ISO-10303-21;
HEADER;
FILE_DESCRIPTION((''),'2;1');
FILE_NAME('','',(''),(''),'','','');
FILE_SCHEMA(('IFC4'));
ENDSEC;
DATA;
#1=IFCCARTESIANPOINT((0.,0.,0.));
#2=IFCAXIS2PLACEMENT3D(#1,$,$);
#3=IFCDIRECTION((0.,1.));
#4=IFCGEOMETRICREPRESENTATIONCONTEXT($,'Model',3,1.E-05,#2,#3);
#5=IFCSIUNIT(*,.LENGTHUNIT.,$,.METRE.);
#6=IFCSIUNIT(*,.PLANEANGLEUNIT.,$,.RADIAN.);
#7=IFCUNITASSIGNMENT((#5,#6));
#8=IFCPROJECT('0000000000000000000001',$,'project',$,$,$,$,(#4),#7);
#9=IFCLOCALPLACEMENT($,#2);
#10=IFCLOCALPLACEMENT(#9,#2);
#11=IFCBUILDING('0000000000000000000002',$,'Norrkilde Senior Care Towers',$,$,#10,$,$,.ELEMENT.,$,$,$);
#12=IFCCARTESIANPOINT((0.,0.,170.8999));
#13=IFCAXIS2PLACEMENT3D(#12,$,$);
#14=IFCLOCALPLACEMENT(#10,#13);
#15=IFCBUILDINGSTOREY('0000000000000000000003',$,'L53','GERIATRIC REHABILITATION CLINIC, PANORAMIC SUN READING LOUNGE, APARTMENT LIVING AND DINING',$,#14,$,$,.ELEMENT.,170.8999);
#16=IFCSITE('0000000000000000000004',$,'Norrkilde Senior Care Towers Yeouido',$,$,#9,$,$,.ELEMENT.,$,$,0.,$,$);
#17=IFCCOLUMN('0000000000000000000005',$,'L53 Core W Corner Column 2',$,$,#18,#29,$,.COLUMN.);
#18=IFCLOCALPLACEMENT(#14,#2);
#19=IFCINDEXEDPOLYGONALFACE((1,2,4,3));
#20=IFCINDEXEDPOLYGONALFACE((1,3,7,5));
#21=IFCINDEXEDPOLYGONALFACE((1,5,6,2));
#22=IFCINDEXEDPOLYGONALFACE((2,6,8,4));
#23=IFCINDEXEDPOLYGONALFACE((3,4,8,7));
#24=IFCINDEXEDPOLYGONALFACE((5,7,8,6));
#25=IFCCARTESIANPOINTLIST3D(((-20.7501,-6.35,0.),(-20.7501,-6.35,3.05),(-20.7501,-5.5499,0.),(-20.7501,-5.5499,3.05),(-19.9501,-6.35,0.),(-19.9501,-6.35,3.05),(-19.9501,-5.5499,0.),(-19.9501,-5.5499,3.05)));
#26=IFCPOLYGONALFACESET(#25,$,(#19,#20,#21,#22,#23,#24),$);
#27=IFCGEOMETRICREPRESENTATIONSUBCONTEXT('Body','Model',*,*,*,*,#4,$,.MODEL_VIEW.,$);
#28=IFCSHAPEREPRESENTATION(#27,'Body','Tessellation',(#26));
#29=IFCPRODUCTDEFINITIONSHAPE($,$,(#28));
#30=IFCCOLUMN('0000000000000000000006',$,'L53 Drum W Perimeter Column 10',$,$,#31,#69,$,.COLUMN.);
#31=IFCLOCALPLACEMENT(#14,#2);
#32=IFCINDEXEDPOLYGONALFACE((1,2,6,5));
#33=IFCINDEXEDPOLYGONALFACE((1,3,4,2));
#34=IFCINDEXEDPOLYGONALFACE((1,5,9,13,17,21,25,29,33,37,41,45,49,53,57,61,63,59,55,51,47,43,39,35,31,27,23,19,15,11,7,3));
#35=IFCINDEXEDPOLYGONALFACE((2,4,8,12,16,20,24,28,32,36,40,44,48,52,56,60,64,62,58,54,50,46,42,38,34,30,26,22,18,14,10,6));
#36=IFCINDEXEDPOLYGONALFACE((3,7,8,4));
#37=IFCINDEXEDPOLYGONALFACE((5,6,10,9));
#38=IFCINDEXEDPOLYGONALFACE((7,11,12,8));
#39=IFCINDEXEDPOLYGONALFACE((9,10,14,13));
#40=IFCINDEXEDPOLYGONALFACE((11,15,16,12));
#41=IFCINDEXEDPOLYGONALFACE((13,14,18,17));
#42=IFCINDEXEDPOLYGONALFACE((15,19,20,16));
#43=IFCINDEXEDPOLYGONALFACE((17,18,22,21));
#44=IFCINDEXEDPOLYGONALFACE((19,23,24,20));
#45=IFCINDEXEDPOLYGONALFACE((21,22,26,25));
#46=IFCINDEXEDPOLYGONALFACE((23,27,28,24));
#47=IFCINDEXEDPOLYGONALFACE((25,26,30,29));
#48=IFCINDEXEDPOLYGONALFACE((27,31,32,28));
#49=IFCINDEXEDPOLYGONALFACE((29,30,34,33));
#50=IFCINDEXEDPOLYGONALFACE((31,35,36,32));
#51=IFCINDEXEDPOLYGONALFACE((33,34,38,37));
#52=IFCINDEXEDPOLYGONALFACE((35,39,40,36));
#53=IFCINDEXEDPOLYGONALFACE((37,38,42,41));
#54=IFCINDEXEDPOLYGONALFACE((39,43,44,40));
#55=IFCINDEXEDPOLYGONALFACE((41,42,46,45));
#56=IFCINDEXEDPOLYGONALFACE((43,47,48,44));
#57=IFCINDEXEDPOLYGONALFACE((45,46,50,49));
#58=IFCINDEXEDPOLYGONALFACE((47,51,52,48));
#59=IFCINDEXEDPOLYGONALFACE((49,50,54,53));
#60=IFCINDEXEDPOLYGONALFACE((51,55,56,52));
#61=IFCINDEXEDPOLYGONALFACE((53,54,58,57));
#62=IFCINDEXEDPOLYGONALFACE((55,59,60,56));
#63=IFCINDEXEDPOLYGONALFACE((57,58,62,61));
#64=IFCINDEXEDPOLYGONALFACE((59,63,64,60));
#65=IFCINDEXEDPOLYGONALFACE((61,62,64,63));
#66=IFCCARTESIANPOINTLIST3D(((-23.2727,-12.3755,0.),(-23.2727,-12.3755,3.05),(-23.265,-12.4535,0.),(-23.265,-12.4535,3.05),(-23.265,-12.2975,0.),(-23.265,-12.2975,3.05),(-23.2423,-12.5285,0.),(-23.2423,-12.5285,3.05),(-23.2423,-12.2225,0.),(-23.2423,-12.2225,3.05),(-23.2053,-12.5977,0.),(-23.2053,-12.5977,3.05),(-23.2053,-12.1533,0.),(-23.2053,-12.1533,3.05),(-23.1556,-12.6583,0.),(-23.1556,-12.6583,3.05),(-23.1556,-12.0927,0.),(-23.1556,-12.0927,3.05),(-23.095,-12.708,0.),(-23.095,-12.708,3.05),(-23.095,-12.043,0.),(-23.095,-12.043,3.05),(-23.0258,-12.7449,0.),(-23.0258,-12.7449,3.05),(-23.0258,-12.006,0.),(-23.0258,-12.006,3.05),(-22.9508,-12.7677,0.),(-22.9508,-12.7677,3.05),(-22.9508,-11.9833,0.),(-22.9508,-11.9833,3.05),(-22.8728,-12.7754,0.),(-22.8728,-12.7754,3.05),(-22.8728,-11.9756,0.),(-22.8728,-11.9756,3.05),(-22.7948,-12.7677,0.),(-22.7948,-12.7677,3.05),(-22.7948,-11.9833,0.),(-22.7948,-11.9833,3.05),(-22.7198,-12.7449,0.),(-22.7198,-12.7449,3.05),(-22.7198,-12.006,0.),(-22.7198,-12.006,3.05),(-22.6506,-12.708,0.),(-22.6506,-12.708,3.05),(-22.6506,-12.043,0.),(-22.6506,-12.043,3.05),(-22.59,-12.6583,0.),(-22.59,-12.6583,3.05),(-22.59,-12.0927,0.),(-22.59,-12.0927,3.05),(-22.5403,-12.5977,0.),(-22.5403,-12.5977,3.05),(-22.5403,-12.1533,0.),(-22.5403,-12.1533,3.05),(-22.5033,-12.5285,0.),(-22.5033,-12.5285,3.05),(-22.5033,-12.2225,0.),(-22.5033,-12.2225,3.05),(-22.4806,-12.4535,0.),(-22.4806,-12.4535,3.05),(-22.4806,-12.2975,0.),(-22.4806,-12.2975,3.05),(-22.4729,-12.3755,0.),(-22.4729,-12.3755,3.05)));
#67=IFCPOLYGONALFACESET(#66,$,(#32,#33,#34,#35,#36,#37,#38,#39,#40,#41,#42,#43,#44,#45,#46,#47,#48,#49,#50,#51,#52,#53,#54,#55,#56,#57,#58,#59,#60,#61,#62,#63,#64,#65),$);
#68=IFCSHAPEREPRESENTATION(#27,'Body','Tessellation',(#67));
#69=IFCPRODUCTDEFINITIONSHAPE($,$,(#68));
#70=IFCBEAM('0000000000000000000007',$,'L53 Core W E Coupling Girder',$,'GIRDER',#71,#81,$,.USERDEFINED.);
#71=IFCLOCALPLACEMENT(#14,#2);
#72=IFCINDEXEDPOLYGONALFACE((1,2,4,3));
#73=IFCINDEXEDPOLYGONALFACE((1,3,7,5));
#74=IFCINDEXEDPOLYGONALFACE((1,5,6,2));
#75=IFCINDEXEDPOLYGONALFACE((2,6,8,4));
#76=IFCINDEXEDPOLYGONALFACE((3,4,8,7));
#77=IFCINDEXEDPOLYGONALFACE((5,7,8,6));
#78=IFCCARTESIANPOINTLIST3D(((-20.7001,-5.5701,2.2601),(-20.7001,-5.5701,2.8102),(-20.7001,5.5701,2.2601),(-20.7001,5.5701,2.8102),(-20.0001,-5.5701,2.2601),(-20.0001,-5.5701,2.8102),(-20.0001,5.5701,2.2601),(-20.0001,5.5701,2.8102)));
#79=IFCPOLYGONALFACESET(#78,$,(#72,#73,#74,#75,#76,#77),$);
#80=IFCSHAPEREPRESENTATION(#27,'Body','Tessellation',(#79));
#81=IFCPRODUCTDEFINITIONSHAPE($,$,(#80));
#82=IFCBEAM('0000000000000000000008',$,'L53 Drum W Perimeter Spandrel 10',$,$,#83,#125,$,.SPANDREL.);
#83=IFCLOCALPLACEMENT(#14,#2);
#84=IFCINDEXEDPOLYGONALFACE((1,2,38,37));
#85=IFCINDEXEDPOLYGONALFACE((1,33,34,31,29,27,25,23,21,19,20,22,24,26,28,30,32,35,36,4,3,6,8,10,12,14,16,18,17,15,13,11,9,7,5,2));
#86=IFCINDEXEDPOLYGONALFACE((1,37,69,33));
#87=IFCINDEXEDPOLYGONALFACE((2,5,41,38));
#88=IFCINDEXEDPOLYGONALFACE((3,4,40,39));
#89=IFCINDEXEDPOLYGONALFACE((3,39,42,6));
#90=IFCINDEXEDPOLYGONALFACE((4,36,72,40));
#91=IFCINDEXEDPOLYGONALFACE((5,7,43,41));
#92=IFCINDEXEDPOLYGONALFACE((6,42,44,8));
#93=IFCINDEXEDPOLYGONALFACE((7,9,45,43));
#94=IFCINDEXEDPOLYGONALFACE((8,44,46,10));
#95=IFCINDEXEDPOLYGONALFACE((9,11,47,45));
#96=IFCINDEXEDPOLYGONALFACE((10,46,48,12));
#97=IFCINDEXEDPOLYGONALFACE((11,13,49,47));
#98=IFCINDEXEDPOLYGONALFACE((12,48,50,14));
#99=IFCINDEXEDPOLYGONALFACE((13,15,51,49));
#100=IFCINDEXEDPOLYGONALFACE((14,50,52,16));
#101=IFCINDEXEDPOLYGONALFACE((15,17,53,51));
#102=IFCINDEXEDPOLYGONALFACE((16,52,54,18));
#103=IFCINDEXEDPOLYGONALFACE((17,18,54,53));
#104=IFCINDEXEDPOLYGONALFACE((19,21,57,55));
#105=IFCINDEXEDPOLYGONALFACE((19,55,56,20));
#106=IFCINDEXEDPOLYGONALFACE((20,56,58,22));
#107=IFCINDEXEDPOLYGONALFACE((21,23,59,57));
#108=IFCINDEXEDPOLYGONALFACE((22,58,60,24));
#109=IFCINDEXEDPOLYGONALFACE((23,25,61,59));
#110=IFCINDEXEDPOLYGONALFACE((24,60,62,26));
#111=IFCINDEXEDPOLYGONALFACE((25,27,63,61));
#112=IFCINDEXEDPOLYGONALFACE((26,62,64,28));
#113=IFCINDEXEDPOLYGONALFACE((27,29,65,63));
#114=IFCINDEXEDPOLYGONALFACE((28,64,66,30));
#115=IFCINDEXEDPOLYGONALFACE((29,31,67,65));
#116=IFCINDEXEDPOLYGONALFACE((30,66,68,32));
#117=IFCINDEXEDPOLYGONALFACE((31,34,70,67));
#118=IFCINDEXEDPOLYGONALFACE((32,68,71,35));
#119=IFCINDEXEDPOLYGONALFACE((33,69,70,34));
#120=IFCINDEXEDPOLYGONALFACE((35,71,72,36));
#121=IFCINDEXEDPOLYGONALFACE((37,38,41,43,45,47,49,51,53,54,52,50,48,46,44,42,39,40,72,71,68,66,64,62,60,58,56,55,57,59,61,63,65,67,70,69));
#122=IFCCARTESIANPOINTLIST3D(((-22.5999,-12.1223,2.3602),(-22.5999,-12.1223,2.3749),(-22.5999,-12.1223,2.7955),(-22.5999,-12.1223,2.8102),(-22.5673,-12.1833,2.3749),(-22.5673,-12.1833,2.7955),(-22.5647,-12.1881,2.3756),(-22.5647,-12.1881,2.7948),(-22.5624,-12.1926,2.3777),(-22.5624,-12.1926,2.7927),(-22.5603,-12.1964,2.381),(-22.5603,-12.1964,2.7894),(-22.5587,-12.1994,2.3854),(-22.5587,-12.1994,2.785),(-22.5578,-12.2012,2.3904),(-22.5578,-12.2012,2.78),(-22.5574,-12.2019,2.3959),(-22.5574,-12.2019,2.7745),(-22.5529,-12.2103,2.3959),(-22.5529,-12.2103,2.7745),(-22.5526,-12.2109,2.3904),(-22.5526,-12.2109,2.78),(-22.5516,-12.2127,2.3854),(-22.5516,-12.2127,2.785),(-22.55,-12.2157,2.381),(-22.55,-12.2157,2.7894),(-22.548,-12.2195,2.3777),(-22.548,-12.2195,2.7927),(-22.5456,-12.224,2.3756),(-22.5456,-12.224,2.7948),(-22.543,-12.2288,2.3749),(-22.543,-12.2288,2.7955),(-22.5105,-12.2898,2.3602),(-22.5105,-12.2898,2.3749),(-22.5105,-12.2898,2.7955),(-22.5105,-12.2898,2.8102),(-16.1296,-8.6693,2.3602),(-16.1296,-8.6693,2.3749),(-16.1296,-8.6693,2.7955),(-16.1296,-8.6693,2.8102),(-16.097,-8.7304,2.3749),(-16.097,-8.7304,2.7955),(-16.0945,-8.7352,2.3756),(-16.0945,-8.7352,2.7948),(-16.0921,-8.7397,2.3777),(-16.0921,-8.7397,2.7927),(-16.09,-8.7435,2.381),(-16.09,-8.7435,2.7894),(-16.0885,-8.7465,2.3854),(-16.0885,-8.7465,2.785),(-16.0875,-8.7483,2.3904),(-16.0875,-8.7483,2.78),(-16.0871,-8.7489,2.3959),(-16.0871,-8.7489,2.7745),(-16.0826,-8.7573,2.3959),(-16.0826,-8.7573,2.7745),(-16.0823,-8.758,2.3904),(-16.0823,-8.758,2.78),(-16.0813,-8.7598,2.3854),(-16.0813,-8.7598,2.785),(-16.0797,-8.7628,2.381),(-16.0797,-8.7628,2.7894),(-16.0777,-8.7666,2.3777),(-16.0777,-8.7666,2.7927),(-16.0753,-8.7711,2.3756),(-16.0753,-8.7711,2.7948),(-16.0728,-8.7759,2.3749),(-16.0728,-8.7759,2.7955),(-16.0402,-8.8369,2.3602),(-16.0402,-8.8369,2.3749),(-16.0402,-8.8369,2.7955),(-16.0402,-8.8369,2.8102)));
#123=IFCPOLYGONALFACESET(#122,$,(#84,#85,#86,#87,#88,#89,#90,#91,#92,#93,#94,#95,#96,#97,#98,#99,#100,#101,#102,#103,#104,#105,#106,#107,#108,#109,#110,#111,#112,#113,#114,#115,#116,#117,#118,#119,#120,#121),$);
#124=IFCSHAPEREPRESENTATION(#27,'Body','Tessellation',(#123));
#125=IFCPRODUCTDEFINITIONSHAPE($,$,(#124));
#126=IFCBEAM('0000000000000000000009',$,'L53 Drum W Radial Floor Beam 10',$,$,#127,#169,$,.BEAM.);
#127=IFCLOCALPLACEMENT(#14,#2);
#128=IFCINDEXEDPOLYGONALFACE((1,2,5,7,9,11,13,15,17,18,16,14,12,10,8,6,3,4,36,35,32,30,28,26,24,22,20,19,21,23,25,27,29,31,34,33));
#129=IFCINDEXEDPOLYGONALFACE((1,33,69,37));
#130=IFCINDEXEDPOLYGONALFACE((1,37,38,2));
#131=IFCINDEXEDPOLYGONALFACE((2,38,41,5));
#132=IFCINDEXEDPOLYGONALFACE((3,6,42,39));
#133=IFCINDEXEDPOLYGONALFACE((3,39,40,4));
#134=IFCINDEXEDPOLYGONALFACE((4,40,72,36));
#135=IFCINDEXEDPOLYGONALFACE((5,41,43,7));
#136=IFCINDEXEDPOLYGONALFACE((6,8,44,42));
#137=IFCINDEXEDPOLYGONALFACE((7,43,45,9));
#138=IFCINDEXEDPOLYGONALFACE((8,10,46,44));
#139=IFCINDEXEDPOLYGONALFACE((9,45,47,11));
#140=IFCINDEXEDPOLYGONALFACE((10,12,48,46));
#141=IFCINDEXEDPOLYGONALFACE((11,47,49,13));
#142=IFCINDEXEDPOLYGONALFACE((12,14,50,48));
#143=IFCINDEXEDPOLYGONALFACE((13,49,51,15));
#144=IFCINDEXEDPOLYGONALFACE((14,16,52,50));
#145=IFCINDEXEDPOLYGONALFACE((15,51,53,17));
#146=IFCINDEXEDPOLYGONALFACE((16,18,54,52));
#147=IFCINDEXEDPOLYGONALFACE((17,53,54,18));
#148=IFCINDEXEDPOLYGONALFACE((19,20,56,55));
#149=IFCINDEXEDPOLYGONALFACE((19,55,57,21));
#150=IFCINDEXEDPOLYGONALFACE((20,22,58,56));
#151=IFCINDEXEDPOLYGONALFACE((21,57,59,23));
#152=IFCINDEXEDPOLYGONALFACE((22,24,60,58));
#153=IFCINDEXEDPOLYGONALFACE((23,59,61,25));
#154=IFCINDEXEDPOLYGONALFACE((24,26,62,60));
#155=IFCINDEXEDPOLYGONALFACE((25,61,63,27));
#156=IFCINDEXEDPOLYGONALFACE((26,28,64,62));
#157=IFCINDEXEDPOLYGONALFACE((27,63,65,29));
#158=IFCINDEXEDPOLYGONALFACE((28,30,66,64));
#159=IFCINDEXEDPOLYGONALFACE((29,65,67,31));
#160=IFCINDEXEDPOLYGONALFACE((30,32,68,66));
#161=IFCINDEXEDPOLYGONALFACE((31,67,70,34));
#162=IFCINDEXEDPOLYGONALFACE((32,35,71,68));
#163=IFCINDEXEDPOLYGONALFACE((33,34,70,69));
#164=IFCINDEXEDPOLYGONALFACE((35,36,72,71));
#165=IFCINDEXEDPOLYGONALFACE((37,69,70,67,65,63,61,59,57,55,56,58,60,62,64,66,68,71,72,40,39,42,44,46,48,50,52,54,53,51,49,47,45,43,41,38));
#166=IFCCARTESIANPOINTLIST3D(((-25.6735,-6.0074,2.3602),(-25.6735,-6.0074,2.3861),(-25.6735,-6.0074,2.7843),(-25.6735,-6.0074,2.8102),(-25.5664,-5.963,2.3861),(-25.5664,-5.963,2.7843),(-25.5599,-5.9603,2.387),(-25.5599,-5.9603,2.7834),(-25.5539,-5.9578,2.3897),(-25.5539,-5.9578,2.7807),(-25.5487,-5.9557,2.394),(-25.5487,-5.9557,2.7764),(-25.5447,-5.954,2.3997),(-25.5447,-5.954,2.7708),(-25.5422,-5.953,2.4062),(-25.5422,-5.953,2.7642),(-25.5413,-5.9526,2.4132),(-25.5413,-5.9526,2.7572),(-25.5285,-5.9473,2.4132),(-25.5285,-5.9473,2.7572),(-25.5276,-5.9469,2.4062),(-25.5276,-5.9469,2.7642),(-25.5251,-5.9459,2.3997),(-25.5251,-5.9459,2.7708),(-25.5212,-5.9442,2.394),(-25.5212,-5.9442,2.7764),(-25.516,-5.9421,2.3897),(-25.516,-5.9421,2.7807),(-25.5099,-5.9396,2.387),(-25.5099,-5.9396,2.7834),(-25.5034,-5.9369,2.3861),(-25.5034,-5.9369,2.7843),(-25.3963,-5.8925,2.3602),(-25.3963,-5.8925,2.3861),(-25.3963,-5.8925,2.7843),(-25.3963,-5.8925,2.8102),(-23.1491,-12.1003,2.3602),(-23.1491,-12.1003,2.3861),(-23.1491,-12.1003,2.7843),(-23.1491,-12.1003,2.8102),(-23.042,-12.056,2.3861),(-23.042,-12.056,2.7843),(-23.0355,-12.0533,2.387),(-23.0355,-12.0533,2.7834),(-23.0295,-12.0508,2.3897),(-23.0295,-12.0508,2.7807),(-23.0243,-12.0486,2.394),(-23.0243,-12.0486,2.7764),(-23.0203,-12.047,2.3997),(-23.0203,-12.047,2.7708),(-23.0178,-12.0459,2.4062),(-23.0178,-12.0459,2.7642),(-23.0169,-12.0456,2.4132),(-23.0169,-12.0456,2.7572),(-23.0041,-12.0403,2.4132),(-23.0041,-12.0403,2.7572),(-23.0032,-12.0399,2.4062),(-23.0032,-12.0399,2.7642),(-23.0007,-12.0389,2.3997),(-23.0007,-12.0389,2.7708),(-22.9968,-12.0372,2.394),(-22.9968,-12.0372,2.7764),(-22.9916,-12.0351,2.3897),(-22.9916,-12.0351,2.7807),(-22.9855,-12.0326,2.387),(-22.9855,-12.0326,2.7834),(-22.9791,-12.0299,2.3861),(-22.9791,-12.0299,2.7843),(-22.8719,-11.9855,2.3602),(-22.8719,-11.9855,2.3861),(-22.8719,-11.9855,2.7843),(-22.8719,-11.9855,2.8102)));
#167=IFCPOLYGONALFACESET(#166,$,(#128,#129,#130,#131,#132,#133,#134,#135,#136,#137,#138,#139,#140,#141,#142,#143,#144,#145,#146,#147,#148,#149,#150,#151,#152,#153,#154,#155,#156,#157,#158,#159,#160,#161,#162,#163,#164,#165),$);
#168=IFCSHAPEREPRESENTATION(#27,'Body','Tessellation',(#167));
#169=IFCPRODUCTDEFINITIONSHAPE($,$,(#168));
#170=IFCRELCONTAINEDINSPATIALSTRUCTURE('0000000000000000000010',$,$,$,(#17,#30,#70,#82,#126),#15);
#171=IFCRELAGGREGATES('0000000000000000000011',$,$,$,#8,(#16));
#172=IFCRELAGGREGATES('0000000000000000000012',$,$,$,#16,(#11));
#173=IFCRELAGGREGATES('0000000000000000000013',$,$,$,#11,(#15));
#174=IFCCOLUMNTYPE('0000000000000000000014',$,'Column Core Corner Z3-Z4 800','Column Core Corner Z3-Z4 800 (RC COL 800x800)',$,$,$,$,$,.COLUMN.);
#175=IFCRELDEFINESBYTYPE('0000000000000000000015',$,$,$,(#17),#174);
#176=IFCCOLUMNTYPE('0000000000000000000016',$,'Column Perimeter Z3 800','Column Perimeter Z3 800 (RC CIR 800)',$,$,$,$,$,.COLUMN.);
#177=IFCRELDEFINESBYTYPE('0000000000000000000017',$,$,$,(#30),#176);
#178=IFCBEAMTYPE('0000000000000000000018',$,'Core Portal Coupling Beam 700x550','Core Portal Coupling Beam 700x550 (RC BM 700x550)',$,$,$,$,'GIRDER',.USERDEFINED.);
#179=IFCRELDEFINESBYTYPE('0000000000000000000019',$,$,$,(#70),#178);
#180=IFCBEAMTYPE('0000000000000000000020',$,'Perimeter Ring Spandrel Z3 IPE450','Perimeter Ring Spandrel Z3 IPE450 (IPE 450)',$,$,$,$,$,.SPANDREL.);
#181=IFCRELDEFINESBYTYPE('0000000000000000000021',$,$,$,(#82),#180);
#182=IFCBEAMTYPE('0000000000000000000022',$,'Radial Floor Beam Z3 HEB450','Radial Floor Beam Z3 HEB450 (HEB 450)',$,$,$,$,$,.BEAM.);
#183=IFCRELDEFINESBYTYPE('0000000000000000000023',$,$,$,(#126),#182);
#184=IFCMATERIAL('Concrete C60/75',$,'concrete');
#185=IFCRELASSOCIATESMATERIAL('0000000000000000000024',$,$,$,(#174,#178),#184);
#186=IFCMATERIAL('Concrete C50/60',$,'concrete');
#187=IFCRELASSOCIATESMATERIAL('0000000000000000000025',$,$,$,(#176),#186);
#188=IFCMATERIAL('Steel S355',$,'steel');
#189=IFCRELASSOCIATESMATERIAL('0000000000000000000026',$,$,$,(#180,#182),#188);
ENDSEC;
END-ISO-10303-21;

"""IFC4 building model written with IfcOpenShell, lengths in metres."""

from ifc_helpers import new_model, si_unit, direction, frame, origin, origin_2d, place, context, subcontext, project, spatial, rectangle, circle, i_section, extrude, source, transform, mapped, material, material_profile, profile_set, type_object, type_shapes, element, save


model = new_model("IFC4")

# Units and contexts
model_context = context("Model", 3, precision=1e-05, world=origin(), true_north=direction((0.0, 1.0)))
body_context = subcontext(model_context, "Body", "Model", "MODEL_VIEW")
ifc_project = project(units=[si_unit("LENGTHUNIT", "METRE"), si_unit("PLANEANGLEUNIT", "RADIAN")], contexts=[model_context])

# Site, building, storey
site_placement = place(None, origin())
site = spatial("IfcSite", under=ifc_project, at=site_placement, Name="Norrkilde Senior Care Towers Yeouido", CompositionType="ELEMENT", RefElevation=0.0)
building_placement = place(site_placement, origin())
building = spatial("IfcBuilding", under=site, at=building_placement, Name="Norrkilde Senior Care Towers", CompositionType="ELEMENT")
storey_placement = place(building_placement, frame((0.0, 0.0, 170.8999)))
storey = spatial("IfcBuildingStorey", under=building, at=storey_placement, Name="L53", Description="GERIATRIC REHABILITATION CLINIC, PANORAMIC SUN READING LOUNGE, APARTMENT LIVING AND DINING", CompositionType="ELEMENT", Elevation=170.8999)

# Columns
ifc_material_1 = material(Name="Concrete C60/75", Category="concrete")
ifc_material_profile_1 = material_profile(ifc_material_1, rectangle(XDim=0.8, YDim=0.8, at=origin_2d()), Name="RC COL 800x800")
ifc_profile_set_1 = profile_set([ifc_material_profile_1], Name="Concrete C60/75")
column_type_1 = type_object("IfcColumnType", Name="Column Core Corner Z3-Z4 800", Description="Column Core Corner Z3-Z4 800 (RC COL 800x800)", PredefinedType="COLUMN", material=ifc_profile_set_1)
shared_shape_1 = source(origin(), body_context, "Body", "SweptSolid", [
    extrude(rectangle(XDim=0.8, YDim=0.8, at=origin_2d()), origin(), (0.0, 0.0, 1.0), 3.05),
])
type_shapes(column_type_1, [shared_shape_1])
column_1_placement = place(storey_placement, frame((-20.3501, -5.95, 0.0), z_axis=(0.0, 0.0, 1.0), x_axis=(1.0, 0.0, 0.0)))
element("IfcColumn", 1, at=column_1_placement, inside=storey, type_object=column_type_1, Name="L53 Core W Corner Column 2", PredefinedType="COLUMN", context=body_context, shape_type="MappedRepresentation", body=[
    mapped(shared_shape_1, transform((0.0, 0.0, 0.0), x_axis=(1.0, 0.0, 0.0), y_axis=(0.0, 1.0, 0.0), z_axis=(0.0, 0.0, 1.0), scale=1.0)),
])
ifc_material_2 = material(Name="Concrete C50/60", Category="concrete")
ifc_material_profile_2 = material_profile(ifc_material_2, circle(Radius=0.3999, at=origin_2d()), Name="RC CIR 800")
ifc_profile_set_2 = profile_set([ifc_material_profile_2], Name="Concrete C50/60")
column_type_2 = type_object("IfcColumnType", Name="Column Perimeter Z3 800", Description="Column Perimeter Z3 800 (RC CIR 800)", PredefinedType="COLUMN", material=ifc_profile_set_2)
shared_shape_2 = source(origin(), body_context, "Body", "SweptSolid", [
    extrude(circle(Radius=0.3999, at=origin_2d()), origin(), (0.0, 0.0, 1.0), 3.05),
])
type_shapes(column_type_2, [shared_shape_2])
column_2_placement = place(storey_placement, frame((-22.8728, -12.3755, 0.0), z_axis=(0.0, 0.0, 1.0), x_axis=(1.0, 0.0, 0.0)))
element("IfcColumn", 2, at=column_2_placement, inside=storey, type_object=column_type_2, Name="L53 Drum W Perimeter Column 10", PredefinedType="COLUMN", context=body_context, shape_type="MappedRepresentation", body=[
    mapped(shared_shape_2, transform((0.0, 0.0, 0.0), x_axis=(1.0, 0.0, 0.0), y_axis=(0.0, 1.0, 0.0), z_axis=(0.0, 0.0, 1.0), scale=1.0)),
])

# Beams
ifc_material_profile_3 = material_profile(ifc_material_1, rectangle(XDim=0.7, YDim=0.55, at=origin_2d()), Name="RC BM 700x550")
ifc_profile_set_3 = profile_set([ifc_material_profile_3], Name="Concrete C60/75")
beam_type_1 = type_object("IfcBeamType", Name="Core Portal Coupling Beam 700x550", Description="Core Portal Coupling Beam 700x550 (RC BM 700x550)", ElementType="GIRDER", PredefinedType="USERDEFINED", material=ifc_profile_set_3)
shared_shape_3 = source(origin(), body_context, "Body", "SweptSolid", [
    extrude(rectangle(XDim=0.7, YDim=0.55, at=origin_2d()), origin(), (0.0, 0.0, 1.0), 11.1401),
])
type_shapes(beam_type_1, [shared_shape_3])
beam_1_placement = place(storey_placement, frame((-20.3501, -5.5701, 2.5352), z_axis=(0.0, 1.0, 0.0), x_axis=(-1.0, 0.0, 0.0)))
element("IfcBeam", 3, at=beam_1_placement, inside=storey, type_object=beam_type_1, Name="L53 Core W E Coupling Girder", ObjectType="GIRDER", PredefinedType="USERDEFINED", context=body_context, shape_type="MappedRepresentation", body=[
    mapped(shared_shape_3, transform((0.0, 0.0, 0.0), x_axis=(1.0, 0.0, 0.0), y_axis=(0.0, 1.0, 0.0), z_axis=(0.0, 0.0, 1.0), scale=1.0)),
])
ifc_material_3 = material(Name="Steel S355", Category="steel")
ifc_material_profile_4 = material_profile(ifc_material_3, i_section(OverallWidth=0.1899, OverallDepth=0.45, WebThickness=0.0095, FlangeThickness=0.0146, FilletRadius=0.021, at=origin_2d()), Name="IPE 450")
ifc_profile_set_4 = profile_set([ifc_material_profile_4], Name="Steel S355")
beam_type_2 = type_object("IfcBeamType", Name="Perimeter Ring Spandrel Z3 IPE450", Description="Perimeter Ring Spandrel Z3 IPE450 (IPE 450)", PredefinedType="SPANDREL", material=ifc_profile_set_4)
shared_shape_4 = source(origin(), body_context, "Body", "SweptSolid", [
    extrude(i_section(OverallWidth=0.1899, OverallDepth=0.45, WebThickness=0.0095, FlangeThickness=0.0146, FilletRadius=0.021, at=origin_2d()), origin(), (0.0, 0.0, 1.0), 7.334),
])
type_shapes(beam_type_2, [shared_shape_4])
beam_2_placement = place(storey_placement, frame((-22.5552, -12.2061, 2.5852), z_axis=(0.882234, 0.470811, 0.0), x_axis=(-0.470811, 0.882234, 0.0)))
element("IfcBeam", 4, at=beam_2_placement, inside=storey, type_object=beam_type_2, Name="L53 Drum W Perimeter Spandrel 10", PredefinedType="SPANDREL", context=body_context, shape_type="MappedRepresentation", body=[
    mapped(shared_shape_4, transform((0.0, 0.0, 0.0), x_axis=(1.0, 0.0, 0.0), y_axis=(0.0, 1.0, 0.0), z_axis=(0.0, 0.0, 1.0), scale=1.0)),
])
ifc_material_profile_5 = material_profile(ifc_material_3, i_section(OverallWidth=0.3, OverallDepth=0.45, WebThickness=0.0139, FlangeThickness=0.0259, FilletRadius=0.0271, at=origin_2d()), Name="HEB 450")
ifc_profile_set_5 = profile_set([ifc_material_profile_5], Name="Steel S355")
beam_type_3 = type_object("IfcBeamType", Name="Radial Floor Beam Z3 HEB450", Description="Radial Floor Beam Z3 HEB450 (HEB 450)", PredefinedType="BEAM", material=ifc_profile_set_5)
shared_shape_5 = source(origin(), body_context, "Body", "SweptSolid", [
    extrude(i_section(OverallWidth=0.3, OverallDepth=0.45, WebThickness=0.0139, FlangeThickness=0.0259, FilletRadius=0.0271, at=origin_2d()), origin(), (0.0, 0.0, 1.0), 6.5952),
])
beam_3_placement = place(storey_placement, frame((-25.5349, -5.95, 2.5852), z_axis=(0.382762, -0.923847, 0.0), x_axis=(0.923847, 0.382762, 0.0)))
element("IfcBeam", 5, at=beam_3_placement, inside=storey, type_object=beam_type_3, Name="L53 Drum W Radial Floor Beam 10", PredefinedType="BEAM", context=body_context, shape_type="MappedRepresentation", body=[
    mapped(shared_shape_5, transform((0.0, 0.0, 0.0), x_axis=(1.0, 0.0, 0.0), y_axis=(0.0, 1.0, 0.0), z_axis=(0.0, 0.0, 1.0), scale=1.0)),
])

save(model, "model.ifc")
